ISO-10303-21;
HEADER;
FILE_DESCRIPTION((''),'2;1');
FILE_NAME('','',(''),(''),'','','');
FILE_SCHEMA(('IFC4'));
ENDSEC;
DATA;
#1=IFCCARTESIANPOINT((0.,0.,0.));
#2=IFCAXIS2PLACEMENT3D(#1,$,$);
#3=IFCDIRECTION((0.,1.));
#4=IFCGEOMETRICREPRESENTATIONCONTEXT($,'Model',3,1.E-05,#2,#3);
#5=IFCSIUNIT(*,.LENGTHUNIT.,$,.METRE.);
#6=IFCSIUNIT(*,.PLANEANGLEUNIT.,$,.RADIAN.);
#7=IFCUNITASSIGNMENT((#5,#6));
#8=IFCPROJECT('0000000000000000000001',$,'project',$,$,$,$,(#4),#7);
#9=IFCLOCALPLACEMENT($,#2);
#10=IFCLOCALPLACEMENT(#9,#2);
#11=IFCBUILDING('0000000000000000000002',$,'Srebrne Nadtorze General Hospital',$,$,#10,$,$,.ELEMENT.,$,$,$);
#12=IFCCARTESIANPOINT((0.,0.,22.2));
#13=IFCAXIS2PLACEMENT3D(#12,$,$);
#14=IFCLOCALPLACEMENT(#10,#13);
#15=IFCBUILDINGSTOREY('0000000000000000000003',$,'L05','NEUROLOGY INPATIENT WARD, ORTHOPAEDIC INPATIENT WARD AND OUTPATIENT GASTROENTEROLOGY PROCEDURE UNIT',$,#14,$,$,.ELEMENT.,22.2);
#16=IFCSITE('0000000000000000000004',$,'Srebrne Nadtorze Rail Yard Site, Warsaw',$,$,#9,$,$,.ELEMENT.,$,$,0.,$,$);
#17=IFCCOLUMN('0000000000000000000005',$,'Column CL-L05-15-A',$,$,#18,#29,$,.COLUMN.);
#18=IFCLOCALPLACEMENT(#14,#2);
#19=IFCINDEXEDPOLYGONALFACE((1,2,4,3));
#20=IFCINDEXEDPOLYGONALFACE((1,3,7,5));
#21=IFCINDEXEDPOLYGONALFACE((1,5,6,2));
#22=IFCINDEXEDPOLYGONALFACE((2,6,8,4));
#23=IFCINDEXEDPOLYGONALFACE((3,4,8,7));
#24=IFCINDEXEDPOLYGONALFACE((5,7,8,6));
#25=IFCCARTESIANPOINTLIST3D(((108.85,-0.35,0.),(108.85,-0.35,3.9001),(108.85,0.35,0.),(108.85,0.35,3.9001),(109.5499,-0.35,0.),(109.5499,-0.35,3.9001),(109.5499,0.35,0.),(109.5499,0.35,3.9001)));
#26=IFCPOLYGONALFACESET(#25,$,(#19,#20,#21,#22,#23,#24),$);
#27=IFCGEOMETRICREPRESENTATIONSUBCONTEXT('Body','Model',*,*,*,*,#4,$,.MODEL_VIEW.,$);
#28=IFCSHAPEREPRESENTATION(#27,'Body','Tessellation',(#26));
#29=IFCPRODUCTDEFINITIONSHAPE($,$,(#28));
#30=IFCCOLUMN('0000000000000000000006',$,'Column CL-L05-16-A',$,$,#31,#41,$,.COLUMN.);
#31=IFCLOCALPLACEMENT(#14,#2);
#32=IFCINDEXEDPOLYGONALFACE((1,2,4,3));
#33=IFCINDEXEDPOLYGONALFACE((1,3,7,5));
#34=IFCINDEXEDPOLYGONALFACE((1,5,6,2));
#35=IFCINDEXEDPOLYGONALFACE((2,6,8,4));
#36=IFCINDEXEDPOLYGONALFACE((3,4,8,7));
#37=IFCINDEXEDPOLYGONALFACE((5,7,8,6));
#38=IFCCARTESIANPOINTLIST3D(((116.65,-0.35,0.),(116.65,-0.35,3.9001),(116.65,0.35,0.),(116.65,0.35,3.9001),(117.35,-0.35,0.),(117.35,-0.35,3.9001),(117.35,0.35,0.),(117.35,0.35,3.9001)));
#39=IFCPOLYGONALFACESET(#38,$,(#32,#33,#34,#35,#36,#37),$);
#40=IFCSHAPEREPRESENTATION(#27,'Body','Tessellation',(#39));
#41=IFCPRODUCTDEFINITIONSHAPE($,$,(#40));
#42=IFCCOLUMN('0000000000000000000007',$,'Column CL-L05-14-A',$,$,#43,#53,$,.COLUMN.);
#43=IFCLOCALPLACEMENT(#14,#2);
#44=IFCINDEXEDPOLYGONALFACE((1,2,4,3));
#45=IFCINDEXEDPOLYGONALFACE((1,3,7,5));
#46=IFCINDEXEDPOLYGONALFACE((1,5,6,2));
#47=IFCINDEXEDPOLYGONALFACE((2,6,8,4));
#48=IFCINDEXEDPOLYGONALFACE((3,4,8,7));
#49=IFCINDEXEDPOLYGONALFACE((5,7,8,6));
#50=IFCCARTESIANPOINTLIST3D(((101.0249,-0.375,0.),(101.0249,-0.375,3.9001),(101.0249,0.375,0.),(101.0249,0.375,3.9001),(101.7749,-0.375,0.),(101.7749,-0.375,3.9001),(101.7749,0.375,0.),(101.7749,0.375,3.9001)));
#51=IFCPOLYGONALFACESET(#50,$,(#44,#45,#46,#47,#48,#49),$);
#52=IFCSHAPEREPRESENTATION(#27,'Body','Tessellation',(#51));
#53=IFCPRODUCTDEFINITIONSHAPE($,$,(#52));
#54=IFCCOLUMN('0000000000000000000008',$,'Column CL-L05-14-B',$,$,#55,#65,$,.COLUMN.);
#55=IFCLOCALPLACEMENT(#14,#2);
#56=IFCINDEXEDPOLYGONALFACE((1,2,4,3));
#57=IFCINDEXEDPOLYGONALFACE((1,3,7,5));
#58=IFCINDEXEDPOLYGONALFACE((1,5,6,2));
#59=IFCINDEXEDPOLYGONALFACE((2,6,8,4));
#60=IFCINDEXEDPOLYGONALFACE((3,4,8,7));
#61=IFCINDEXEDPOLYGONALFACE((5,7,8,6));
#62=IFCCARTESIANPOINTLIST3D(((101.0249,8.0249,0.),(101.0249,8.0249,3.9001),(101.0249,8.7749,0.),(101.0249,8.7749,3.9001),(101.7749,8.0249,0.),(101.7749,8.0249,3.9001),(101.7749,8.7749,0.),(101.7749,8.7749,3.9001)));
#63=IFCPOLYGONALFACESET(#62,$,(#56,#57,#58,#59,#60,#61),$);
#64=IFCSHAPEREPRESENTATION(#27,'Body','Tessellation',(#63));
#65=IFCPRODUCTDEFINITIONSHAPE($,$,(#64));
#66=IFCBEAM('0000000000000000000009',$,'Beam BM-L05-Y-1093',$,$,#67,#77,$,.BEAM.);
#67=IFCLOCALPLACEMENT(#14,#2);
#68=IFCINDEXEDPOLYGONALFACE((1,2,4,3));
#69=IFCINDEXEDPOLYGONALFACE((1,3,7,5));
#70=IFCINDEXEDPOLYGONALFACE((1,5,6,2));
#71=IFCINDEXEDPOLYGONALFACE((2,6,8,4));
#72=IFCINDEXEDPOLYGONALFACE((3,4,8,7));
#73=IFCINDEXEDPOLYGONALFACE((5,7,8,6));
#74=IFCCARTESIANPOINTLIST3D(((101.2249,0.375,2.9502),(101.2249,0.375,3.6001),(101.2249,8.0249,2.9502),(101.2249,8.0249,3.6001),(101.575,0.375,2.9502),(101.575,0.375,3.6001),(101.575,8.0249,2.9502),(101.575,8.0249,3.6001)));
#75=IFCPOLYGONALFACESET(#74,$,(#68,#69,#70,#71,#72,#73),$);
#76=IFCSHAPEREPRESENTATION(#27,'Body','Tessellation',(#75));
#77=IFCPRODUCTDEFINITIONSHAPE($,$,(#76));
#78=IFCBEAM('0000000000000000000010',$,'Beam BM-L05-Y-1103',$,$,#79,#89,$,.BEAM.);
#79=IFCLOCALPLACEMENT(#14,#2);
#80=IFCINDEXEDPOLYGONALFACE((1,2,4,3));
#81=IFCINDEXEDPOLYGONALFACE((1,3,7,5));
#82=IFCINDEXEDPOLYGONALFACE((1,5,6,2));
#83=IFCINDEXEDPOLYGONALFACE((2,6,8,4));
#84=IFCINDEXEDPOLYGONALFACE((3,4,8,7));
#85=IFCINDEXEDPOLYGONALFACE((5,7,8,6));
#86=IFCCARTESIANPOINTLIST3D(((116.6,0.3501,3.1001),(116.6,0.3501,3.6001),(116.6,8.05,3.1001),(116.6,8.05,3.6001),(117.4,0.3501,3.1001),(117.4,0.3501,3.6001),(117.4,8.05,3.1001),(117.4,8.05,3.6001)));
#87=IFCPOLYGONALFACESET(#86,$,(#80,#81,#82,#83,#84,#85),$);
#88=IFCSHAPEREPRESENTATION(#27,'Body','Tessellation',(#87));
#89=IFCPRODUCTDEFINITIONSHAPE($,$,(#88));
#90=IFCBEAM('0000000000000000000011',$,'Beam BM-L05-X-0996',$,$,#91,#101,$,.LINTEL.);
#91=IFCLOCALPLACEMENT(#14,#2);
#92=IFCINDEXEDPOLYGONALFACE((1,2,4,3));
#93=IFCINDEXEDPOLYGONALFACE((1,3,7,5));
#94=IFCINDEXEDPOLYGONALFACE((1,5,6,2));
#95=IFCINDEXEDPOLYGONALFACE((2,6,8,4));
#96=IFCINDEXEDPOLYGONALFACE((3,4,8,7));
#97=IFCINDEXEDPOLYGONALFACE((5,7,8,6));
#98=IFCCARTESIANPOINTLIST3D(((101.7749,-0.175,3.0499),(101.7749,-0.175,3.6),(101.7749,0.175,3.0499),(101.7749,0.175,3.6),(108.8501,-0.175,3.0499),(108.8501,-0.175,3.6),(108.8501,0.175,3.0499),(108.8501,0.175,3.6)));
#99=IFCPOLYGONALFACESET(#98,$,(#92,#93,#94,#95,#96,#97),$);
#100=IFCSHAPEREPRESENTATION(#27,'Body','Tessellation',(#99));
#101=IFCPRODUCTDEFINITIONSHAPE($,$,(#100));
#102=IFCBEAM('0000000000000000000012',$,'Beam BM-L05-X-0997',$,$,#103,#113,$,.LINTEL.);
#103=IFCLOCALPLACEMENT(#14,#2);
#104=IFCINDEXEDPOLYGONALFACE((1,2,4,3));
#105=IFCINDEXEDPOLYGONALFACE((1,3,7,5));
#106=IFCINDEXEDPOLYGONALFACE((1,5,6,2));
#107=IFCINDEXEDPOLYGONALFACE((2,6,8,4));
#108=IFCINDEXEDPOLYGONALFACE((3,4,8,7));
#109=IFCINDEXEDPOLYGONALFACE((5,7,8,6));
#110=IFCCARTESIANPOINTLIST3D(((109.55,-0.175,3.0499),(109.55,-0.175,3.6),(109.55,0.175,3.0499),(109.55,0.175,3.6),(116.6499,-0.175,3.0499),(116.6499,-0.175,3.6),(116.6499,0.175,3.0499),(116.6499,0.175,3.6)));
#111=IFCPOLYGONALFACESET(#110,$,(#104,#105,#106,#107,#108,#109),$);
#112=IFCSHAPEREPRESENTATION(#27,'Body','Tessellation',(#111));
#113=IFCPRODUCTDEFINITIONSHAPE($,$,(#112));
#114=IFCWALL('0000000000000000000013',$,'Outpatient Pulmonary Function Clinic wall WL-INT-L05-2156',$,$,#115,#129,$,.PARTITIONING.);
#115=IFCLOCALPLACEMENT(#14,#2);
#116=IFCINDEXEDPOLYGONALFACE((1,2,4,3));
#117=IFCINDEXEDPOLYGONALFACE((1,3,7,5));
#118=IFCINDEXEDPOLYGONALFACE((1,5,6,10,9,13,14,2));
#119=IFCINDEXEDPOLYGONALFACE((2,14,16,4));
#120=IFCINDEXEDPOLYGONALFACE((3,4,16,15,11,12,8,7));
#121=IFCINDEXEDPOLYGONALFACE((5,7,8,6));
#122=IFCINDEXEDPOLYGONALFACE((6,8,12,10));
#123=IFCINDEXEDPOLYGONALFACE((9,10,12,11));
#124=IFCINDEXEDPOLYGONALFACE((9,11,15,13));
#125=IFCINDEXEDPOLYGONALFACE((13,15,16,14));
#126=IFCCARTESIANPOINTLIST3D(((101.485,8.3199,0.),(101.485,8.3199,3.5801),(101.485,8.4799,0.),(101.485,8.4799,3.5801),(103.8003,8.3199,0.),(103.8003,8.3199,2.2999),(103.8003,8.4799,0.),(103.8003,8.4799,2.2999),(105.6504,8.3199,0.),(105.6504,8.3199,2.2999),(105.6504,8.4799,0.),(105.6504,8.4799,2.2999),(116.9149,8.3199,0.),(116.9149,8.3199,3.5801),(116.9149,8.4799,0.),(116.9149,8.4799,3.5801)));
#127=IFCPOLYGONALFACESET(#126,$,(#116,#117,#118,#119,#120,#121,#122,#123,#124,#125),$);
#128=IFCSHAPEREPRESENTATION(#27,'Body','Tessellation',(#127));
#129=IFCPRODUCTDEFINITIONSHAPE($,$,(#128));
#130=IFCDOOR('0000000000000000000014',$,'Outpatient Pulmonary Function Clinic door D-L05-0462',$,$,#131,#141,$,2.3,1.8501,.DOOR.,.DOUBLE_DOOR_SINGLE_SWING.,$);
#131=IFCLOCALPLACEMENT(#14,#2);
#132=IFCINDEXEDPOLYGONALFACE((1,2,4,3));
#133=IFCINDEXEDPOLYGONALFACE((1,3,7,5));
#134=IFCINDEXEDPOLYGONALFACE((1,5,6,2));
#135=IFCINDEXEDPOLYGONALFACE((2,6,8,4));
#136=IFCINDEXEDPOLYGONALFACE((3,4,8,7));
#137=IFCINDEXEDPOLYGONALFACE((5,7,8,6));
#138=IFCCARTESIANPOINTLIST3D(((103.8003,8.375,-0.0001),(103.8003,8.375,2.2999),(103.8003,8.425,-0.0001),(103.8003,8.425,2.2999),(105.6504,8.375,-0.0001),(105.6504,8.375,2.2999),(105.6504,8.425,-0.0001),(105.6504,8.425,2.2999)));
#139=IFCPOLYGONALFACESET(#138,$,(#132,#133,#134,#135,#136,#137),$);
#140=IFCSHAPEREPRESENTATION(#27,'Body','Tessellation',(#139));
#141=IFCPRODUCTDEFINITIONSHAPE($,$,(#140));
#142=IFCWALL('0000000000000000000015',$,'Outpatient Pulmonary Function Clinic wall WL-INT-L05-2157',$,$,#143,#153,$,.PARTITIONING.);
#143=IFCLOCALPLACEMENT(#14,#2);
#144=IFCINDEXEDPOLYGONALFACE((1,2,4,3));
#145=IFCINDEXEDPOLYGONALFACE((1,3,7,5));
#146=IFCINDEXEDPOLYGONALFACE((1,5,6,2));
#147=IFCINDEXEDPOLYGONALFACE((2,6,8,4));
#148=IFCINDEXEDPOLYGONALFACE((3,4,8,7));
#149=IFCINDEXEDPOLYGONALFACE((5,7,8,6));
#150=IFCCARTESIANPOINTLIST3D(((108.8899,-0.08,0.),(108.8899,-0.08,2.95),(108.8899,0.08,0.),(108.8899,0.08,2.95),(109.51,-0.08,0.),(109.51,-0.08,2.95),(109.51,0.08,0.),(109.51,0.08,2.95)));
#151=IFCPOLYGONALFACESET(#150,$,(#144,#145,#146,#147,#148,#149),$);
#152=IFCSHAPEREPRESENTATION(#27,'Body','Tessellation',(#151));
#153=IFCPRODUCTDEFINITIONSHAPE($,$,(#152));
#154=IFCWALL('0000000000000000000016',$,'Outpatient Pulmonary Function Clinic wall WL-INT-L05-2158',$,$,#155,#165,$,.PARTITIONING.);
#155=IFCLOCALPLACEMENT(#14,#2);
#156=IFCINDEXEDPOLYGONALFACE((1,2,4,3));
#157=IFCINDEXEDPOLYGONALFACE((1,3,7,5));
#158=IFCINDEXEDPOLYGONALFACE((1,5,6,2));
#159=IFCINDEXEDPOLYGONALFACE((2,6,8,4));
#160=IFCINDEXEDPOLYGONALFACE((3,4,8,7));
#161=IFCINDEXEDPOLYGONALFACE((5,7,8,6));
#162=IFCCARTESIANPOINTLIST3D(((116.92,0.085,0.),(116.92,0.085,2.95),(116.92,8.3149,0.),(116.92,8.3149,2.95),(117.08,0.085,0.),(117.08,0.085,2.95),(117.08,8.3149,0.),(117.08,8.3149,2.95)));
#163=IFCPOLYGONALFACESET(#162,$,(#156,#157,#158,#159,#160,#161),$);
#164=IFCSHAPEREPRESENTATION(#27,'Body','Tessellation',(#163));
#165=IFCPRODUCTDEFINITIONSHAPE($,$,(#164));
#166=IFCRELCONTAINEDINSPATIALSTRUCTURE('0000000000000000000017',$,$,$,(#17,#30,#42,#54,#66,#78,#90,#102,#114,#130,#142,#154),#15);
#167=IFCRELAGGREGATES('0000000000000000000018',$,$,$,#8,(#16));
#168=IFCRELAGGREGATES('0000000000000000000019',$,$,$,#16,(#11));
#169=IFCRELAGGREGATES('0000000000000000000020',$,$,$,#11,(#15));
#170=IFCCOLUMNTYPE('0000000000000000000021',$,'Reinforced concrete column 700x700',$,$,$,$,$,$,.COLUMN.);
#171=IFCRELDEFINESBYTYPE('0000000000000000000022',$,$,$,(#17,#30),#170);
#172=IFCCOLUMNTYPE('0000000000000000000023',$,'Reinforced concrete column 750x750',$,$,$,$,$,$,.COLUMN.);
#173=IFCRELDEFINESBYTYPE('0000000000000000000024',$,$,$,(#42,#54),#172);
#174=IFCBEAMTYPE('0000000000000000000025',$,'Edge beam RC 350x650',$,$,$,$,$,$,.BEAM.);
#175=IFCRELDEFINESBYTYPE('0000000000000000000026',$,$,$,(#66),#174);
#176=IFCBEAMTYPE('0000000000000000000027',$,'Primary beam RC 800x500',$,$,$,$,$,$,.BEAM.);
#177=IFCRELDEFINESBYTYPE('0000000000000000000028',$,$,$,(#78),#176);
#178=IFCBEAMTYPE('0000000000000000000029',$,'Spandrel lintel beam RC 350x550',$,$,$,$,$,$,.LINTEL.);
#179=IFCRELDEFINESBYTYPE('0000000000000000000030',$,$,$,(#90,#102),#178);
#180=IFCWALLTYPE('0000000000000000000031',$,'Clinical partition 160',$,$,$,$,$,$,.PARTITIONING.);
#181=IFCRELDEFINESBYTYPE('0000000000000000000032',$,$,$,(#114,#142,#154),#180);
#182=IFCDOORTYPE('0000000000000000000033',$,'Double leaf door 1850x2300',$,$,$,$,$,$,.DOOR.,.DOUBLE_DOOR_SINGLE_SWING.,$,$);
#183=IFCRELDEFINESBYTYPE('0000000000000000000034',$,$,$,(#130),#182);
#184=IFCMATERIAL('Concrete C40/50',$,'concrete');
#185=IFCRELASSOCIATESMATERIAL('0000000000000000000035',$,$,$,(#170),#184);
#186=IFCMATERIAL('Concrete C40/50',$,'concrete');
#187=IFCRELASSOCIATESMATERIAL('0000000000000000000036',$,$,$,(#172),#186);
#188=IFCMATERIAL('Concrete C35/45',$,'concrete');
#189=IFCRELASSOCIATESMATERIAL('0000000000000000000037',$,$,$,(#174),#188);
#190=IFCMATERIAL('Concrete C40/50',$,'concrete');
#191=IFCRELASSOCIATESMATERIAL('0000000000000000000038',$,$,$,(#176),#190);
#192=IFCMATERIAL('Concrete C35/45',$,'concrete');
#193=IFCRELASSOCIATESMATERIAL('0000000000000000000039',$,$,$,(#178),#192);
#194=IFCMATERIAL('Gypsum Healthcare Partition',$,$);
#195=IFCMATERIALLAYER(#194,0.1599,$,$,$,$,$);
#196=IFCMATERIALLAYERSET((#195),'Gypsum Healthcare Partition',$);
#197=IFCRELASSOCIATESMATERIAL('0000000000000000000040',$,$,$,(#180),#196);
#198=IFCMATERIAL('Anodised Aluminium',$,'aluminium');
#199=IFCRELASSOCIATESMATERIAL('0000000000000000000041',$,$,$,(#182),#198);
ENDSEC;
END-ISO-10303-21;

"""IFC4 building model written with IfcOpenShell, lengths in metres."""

from ifc_helpers import new_model, si_unit, direction, frame, frame_2d, origin, origin_2d, place, context, subcontext, project, spatial, rectangle, extrude, material, layer, layer_set, material_profile, profile_set, type_object, element, fill, save


model = new_model("IFC4")

# Units and contexts
model_context = context("Model", 3, precision=1e-05, world=origin(), true_north=direction((0.0, 1.0)))
body_context = subcontext(model_context, "Body", "Model", "MODEL_VIEW")
ifc_project = project(units=[si_unit("LENGTHUNIT", "METRE"), si_unit("PLANEANGLEUNIT", "RADIAN")], contexts=[model_context])

# Site, building, storey
site_placement = place(None, origin())
site = spatial("IfcSite", under=ifc_project, at=site_placement, Name="Srebrne Nadtorze Rail Yard Site, Warsaw", CompositionType="ELEMENT", RefElevation=0.0)
building_placement = place(site_placement, origin())
building = spatial("IfcBuilding", under=site, at=building_placement, Name="Srebrne Nadtorze General Hospital", CompositionType="ELEMENT")
storey_placement = place(building_placement, frame((0.0, 0.0, 22.2)))
storey = spatial("IfcBuildingStorey", under=building, at=storey_placement, Name="L05", Description="NEUROLOGY INPATIENT WARD, ORTHOPAEDIC INPATIENT WARD AND OUTPATIENT GASTROENTEROLOGY PROCEDURE UNIT", CompositionType="ELEMENT", Elevation=22.2)

# Columns
ifc_material_1 = material(Name="Concrete C40/50", Category="concrete")
ifc_material_profile_1 = material_profile(ifc_material_1, rectangle(XDim=0.7, YDim=0.7, at=origin_2d()), Name="RC-COL-700x700")
ifc_profile_set_1 = profile_set([ifc_material_profile_1], Name="Concrete C40/50")
column_type_1 = type_object("IfcColumnType", Name="Reinforced concrete column 700x700", PredefinedType="COLUMN", material=ifc_profile_set_1)
for number, where, z_axis, x_axis, name in (
    (1, (109.2, 0.0, 0.0), (0.0, 0.0, 1.0), (1.0, 0.0, 0.0), "Column CL-L05-15-A"),
    (2, (117.0, 0.0, 0.0), (0.0, 0.0, 1.0), (1.0, 0.0, 0.0), "Column CL-L05-16-A"),
):
    element("IfcColumn", number, at=place(storey_placement, frame(where, z_axis=z_axis, x_axis=x_axis)), inside=storey, type_object=column_type_1, Name=name, PredefinedType="COLUMN", context=body_context, shape_type="SweptSolid", body=[
        extrude(rectangle(XDim=0.7, YDim=0.7, at=origin_2d()), origin(), (0.0, 0.0, 1.0), 3.9001),
    ])
ifc_material_2 = material(Name="Concrete C40/50", Category="concrete")
ifc_material_profile_2 = material_profile(ifc_material_2, rectangle(XDim=0.75, YDim=0.75, at=origin_2d()), Name="RC-COL-750x750")
ifc_profile_set_2 = profile_set([ifc_material_profile_2], Name="Concrete C40/50")
column_type_2 = type_object("IfcColumnType", Name="Reinforced concrete column 750x750", PredefinedType="COLUMN", material=ifc_profile_set_2)
for number, where, z_axis, x_axis, name in (
    (3, (101.3999, 0.0, 0.0), (0.0, 0.0, 1.0), (1.0, 0.0, 0.0), "Column CL-L05-14-A"),
    (4, (101.3999, 8.3999, 0.0), (0.0, 0.0, 1.0), (1.0, 0.0, 0.0), "Column CL-L05-14-B"),
):
    element("IfcColumn", number, at=place(storey_placement, frame(where, z_axis=z_axis, x_axis=x_axis)), inside=storey, type_object=column_type_2, Name=name, PredefinedType="COLUMN", context=body_context, shape_type="SweptSolid", body=[
        extrude(rectangle(XDim=0.75, YDim=0.75, at=origin_2d()), origin(), (0.0, 0.0, 1.0), 3.9001),
    ])

# Beams
ifc_material_3 = material(Name="Concrete C35/45", Category="concrete")
ifc_material_profile_3 = material_profile(ifc_material_3, rectangle(XDim=0.3501, YDim=0.6499, at=origin_2d()), Name="RC-BM-350x650")
ifc_profile_set_3 = profile_set([ifc_material_profile_3], Name="Concrete C35/45")
beam_type_1 = type_object("IfcBeamType", Name="Edge beam RC 350x650", PredefinedType="BEAM", material=ifc_profile_set_3)
beam_1_placement = place(storey_placement, frame((101.3999, 0.375, 3.2751), z_axis=(0.0, 1.0, 0.0), x_axis=(-1.0, 0.0, 0.0)))
element("IfcBeam", 5, at=beam_1_placement, inside=storey, type_object=beam_type_1, Name="Beam BM-L05-Y-1093", PredefinedType="BEAM", context=body_context, shape_type="SweptSolid", body=[
    extrude(rectangle(XDim=0.3501, YDim=0.6499, at=origin_2d()), origin(), (0.0, 0.0, 1.0), 7.6499),
])
ifc_material_4 = material(Name="Concrete C40/50", Category="concrete")
ifc_material_profile_4 = material_profile(ifc_material_4, rectangle(XDim=0.8, YDim=0.5, at=origin_2d()), Name="RC-BM-800x500")
ifc_profile_set_4 = profile_set([ifc_material_profile_4], Name="Concrete C40/50")
beam_type_2 = type_object("IfcBeamType", Name="Primary beam RC 800x500", PredefinedType="BEAM", material=ifc_profile_set_4)
beam_2_placement = place(storey_placement, frame((117.0, 0.3501, 3.3501), z_axis=(0.0, 1.0, 0.0), x_axis=(-1.0, 0.0, 0.0)))
element("IfcBeam", 6, at=beam_2_placement, inside=storey, type_object=beam_type_2, Name="Beam BM-L05-Y-1103", PredefinedType="BEAM", context=body_context, shape_type="SweptSolid", body=[
    extrude(rectangle(XDim=0.8, YDim=0.5, at=origin_2d()), origin(), (0.0, 0.0, 1.0), 7.7),
])
ifc_material_5 = material(Name="Concrete C35/45", Category="concrete")
ifc_material_profile_5 = material_profile(ifc_material_5, rectangle(XDim=0.3501, YDim=0.55, at=origin_2d()), Name="RC-BM-350x550")
ifc_profile_set_5 = profile_set([ifc_material_profile_5], Name="Concrete C35/45")
beam_type_3 = type_object("IfcBeamType", Name="Spandrel lintel beam RC 350x550", PredefinedType="LINTEL", material=ifc_profile_set_5)
beam_3_placement = place(storey_placement, frame((101.7749, 0.0, 3.325), z_axis=(1.0, 0.0, 0.0), x_axis=(0.0, 1.0, 0.0)))
element("IfcBeam", 7, at=beam_3_placement, inside=storey, type_object=beam_type_3, Name="Beam BM-L05-X-0996", PredefinedType="LINTEL", context=body_context, shape_type="SweptSolid", body=[
    extrude(rectangle(XDim=0.3501, YDim=0.55, at=origin_2d()), origin(), (0.0, 0.0, 1.0), 7.0752),
])
beam_4_placement = place(storey_placement, frame((109.55, 0.0, 3.325), z_axis=(1.0, 0.0, 0.0), x_axis=(0.0, 1.0, 0.0)))
element("IfcBeam", 8, at=beam_4_placement, inside=storey, type_object=beam_type_3, Name="Beam BM-L05-X-0997", PredefinedType="LINTEL", context=body_context, shape_type="SweptSolid", body=[
    extrude(rectangle(XDim=0.3501, YDim=0.55, at=origin_2d()), origin(), (0.0, 0.0, 1.0), 7.0999),
])

# Wall, opening, door
ifc_material_6 = material(Name="Gypsum Healthcare Partition")
ifc_layer_1 = layer(ifc_material_6, 0.1599)
ifc_layer_set_1 = layer_set([ifc_layer_1], Name="Gypsum Healthcare Partition")
wall_type_1 = type_object("IfcWallType", Name="Clinical partition 160", PredefinedType="PARTITIONING", material=ifc_layer_set_1)
wall_1_placement = place(storey_placement, frame((101.4851, 8.3999, 0.0), z_axis=(0.0, 0.0, 1.0), x_axis=(1.0, 0.0, 0.0)))
wall_1 = element("IfcWall", 9, at=wall_1_placement, inside=storey, type_object=wall_type_1, Name="Outpatient Pulmonary Function Clinic wall WL-INT-L05-2156", PredefinedType="PARTITIONING", context=body_context, shape_type="SweptSolid", body=[
    extrude(rectangle(XDim=15.4299, YDim=0.1599, at=frame_2d((7.7148, 0.0))), origin(), (0.0, 0.0, 1.0), 3.5801),
])
opening_1_placement = place(wall_1_placement, frame((2.3152, 0.0, 0.0)))
opening_1 = element("IfcOpeningElement", 10, at=opening_1_placement, cuts=wall_1, PredefinedType="OPENING", context=body_context, shape_type="SweptSolid", body=[
    extrude(rectangle(XDim=1.8501, YDim=2.3, at=frame_2d((0.925, 1.1499))), frame((0.0, 0.0918, 0.0), z_axis=(0.0, -1.0, 0.0), x_axis=(1.0, 0.0, 0.0)), (0.0, 0.0, 1.0), 0.1838),
])
ifc_material_7 = material(Name="Anodised Aluminium", Category="aluminium")
door_type = type_object("IfcDoorType", Name="Double leaf door 1850x2300", OperationType="DOUBLE_DOOR_SINGLE_SWING", PredefinedType="DOOR", material=ifc_material_7)
door_placement = place(opening_1_placement, frame((1.8501, 0.0, 0.0), z_axis=(0.0, 0.0, 1.0), x_axis=(-1.0, 0.0, 0.0)))
door = element("IfcDoor", 11, at=door_placement, inside=storey, type_object=door_type, Name="Outpatient Pulmonary Function Clinic door D-L05-0462", OperationType="DOUBLE_DOOR_SINGLE_SWING", OverallHeight=2.3, OverallWidth=1.8501, PredefinedType="DOOR", context=body_context, shape_type="SweptSolid", body=[
    extrude(rectangle(XDim=1.8501, YDim=2.3, at=frame_2d((0.925, 1.1499))), frame((0.0, 0.0249, 0.0), z_axis=(0.0, -1.0, 0.0), x_axis=(1.0, 0.0, 0.0)), (0.0, 0.0, 1.0), 0.05),
])
fill(opening_1, door)

# Walls
wall_2_placement = place(storey_placement, frame((108.8899, 0.0, 0.0), z_axis=(0.0, 0.0, 1.0), x_axis=(1.0, 0.0, 0.0)))
element("IfcWall", 12, at=wall_2_placement, inside=storey, type_object=wall_type_1, Name="Outpatient Pulmonary Function Clinic wall WL-INT-L05-2157", PredefinedType="PARTITIONING", context=body_context, shape_type="SweptSolid", body=[
    extrude(rectangle(XDim=0.6201, YDim=0.1599, at=frame_2d((0.3101, 0.0))), origin(), (0.0, 0.0, 1.0), 2.95),
])
wall_3_placement = place(storey_placement, frame((117.0, 0.085, 0.0), z_axis=(0.0, 0.0, 1.0), x_axis=(0.0, 1.0, 0.0)))
element("IfcWall", 13, at=wall_3_placement, inside=storey, type_object=wall_type_1, Name="Outpatient Pulmonary Function Clinic wall WL-INT-L05-2158", PredefinedType="PARTITIONING", context=body_context, shape_type="SweptSolid", body=[
    extrude(rectangle(XDim=8.23, YDim=0.1599, at=frame_2d((4.115, 0.0))), origin(), (0.0, 0.0, 1.0), 2.95),
])

save(model, "model.ifc")
